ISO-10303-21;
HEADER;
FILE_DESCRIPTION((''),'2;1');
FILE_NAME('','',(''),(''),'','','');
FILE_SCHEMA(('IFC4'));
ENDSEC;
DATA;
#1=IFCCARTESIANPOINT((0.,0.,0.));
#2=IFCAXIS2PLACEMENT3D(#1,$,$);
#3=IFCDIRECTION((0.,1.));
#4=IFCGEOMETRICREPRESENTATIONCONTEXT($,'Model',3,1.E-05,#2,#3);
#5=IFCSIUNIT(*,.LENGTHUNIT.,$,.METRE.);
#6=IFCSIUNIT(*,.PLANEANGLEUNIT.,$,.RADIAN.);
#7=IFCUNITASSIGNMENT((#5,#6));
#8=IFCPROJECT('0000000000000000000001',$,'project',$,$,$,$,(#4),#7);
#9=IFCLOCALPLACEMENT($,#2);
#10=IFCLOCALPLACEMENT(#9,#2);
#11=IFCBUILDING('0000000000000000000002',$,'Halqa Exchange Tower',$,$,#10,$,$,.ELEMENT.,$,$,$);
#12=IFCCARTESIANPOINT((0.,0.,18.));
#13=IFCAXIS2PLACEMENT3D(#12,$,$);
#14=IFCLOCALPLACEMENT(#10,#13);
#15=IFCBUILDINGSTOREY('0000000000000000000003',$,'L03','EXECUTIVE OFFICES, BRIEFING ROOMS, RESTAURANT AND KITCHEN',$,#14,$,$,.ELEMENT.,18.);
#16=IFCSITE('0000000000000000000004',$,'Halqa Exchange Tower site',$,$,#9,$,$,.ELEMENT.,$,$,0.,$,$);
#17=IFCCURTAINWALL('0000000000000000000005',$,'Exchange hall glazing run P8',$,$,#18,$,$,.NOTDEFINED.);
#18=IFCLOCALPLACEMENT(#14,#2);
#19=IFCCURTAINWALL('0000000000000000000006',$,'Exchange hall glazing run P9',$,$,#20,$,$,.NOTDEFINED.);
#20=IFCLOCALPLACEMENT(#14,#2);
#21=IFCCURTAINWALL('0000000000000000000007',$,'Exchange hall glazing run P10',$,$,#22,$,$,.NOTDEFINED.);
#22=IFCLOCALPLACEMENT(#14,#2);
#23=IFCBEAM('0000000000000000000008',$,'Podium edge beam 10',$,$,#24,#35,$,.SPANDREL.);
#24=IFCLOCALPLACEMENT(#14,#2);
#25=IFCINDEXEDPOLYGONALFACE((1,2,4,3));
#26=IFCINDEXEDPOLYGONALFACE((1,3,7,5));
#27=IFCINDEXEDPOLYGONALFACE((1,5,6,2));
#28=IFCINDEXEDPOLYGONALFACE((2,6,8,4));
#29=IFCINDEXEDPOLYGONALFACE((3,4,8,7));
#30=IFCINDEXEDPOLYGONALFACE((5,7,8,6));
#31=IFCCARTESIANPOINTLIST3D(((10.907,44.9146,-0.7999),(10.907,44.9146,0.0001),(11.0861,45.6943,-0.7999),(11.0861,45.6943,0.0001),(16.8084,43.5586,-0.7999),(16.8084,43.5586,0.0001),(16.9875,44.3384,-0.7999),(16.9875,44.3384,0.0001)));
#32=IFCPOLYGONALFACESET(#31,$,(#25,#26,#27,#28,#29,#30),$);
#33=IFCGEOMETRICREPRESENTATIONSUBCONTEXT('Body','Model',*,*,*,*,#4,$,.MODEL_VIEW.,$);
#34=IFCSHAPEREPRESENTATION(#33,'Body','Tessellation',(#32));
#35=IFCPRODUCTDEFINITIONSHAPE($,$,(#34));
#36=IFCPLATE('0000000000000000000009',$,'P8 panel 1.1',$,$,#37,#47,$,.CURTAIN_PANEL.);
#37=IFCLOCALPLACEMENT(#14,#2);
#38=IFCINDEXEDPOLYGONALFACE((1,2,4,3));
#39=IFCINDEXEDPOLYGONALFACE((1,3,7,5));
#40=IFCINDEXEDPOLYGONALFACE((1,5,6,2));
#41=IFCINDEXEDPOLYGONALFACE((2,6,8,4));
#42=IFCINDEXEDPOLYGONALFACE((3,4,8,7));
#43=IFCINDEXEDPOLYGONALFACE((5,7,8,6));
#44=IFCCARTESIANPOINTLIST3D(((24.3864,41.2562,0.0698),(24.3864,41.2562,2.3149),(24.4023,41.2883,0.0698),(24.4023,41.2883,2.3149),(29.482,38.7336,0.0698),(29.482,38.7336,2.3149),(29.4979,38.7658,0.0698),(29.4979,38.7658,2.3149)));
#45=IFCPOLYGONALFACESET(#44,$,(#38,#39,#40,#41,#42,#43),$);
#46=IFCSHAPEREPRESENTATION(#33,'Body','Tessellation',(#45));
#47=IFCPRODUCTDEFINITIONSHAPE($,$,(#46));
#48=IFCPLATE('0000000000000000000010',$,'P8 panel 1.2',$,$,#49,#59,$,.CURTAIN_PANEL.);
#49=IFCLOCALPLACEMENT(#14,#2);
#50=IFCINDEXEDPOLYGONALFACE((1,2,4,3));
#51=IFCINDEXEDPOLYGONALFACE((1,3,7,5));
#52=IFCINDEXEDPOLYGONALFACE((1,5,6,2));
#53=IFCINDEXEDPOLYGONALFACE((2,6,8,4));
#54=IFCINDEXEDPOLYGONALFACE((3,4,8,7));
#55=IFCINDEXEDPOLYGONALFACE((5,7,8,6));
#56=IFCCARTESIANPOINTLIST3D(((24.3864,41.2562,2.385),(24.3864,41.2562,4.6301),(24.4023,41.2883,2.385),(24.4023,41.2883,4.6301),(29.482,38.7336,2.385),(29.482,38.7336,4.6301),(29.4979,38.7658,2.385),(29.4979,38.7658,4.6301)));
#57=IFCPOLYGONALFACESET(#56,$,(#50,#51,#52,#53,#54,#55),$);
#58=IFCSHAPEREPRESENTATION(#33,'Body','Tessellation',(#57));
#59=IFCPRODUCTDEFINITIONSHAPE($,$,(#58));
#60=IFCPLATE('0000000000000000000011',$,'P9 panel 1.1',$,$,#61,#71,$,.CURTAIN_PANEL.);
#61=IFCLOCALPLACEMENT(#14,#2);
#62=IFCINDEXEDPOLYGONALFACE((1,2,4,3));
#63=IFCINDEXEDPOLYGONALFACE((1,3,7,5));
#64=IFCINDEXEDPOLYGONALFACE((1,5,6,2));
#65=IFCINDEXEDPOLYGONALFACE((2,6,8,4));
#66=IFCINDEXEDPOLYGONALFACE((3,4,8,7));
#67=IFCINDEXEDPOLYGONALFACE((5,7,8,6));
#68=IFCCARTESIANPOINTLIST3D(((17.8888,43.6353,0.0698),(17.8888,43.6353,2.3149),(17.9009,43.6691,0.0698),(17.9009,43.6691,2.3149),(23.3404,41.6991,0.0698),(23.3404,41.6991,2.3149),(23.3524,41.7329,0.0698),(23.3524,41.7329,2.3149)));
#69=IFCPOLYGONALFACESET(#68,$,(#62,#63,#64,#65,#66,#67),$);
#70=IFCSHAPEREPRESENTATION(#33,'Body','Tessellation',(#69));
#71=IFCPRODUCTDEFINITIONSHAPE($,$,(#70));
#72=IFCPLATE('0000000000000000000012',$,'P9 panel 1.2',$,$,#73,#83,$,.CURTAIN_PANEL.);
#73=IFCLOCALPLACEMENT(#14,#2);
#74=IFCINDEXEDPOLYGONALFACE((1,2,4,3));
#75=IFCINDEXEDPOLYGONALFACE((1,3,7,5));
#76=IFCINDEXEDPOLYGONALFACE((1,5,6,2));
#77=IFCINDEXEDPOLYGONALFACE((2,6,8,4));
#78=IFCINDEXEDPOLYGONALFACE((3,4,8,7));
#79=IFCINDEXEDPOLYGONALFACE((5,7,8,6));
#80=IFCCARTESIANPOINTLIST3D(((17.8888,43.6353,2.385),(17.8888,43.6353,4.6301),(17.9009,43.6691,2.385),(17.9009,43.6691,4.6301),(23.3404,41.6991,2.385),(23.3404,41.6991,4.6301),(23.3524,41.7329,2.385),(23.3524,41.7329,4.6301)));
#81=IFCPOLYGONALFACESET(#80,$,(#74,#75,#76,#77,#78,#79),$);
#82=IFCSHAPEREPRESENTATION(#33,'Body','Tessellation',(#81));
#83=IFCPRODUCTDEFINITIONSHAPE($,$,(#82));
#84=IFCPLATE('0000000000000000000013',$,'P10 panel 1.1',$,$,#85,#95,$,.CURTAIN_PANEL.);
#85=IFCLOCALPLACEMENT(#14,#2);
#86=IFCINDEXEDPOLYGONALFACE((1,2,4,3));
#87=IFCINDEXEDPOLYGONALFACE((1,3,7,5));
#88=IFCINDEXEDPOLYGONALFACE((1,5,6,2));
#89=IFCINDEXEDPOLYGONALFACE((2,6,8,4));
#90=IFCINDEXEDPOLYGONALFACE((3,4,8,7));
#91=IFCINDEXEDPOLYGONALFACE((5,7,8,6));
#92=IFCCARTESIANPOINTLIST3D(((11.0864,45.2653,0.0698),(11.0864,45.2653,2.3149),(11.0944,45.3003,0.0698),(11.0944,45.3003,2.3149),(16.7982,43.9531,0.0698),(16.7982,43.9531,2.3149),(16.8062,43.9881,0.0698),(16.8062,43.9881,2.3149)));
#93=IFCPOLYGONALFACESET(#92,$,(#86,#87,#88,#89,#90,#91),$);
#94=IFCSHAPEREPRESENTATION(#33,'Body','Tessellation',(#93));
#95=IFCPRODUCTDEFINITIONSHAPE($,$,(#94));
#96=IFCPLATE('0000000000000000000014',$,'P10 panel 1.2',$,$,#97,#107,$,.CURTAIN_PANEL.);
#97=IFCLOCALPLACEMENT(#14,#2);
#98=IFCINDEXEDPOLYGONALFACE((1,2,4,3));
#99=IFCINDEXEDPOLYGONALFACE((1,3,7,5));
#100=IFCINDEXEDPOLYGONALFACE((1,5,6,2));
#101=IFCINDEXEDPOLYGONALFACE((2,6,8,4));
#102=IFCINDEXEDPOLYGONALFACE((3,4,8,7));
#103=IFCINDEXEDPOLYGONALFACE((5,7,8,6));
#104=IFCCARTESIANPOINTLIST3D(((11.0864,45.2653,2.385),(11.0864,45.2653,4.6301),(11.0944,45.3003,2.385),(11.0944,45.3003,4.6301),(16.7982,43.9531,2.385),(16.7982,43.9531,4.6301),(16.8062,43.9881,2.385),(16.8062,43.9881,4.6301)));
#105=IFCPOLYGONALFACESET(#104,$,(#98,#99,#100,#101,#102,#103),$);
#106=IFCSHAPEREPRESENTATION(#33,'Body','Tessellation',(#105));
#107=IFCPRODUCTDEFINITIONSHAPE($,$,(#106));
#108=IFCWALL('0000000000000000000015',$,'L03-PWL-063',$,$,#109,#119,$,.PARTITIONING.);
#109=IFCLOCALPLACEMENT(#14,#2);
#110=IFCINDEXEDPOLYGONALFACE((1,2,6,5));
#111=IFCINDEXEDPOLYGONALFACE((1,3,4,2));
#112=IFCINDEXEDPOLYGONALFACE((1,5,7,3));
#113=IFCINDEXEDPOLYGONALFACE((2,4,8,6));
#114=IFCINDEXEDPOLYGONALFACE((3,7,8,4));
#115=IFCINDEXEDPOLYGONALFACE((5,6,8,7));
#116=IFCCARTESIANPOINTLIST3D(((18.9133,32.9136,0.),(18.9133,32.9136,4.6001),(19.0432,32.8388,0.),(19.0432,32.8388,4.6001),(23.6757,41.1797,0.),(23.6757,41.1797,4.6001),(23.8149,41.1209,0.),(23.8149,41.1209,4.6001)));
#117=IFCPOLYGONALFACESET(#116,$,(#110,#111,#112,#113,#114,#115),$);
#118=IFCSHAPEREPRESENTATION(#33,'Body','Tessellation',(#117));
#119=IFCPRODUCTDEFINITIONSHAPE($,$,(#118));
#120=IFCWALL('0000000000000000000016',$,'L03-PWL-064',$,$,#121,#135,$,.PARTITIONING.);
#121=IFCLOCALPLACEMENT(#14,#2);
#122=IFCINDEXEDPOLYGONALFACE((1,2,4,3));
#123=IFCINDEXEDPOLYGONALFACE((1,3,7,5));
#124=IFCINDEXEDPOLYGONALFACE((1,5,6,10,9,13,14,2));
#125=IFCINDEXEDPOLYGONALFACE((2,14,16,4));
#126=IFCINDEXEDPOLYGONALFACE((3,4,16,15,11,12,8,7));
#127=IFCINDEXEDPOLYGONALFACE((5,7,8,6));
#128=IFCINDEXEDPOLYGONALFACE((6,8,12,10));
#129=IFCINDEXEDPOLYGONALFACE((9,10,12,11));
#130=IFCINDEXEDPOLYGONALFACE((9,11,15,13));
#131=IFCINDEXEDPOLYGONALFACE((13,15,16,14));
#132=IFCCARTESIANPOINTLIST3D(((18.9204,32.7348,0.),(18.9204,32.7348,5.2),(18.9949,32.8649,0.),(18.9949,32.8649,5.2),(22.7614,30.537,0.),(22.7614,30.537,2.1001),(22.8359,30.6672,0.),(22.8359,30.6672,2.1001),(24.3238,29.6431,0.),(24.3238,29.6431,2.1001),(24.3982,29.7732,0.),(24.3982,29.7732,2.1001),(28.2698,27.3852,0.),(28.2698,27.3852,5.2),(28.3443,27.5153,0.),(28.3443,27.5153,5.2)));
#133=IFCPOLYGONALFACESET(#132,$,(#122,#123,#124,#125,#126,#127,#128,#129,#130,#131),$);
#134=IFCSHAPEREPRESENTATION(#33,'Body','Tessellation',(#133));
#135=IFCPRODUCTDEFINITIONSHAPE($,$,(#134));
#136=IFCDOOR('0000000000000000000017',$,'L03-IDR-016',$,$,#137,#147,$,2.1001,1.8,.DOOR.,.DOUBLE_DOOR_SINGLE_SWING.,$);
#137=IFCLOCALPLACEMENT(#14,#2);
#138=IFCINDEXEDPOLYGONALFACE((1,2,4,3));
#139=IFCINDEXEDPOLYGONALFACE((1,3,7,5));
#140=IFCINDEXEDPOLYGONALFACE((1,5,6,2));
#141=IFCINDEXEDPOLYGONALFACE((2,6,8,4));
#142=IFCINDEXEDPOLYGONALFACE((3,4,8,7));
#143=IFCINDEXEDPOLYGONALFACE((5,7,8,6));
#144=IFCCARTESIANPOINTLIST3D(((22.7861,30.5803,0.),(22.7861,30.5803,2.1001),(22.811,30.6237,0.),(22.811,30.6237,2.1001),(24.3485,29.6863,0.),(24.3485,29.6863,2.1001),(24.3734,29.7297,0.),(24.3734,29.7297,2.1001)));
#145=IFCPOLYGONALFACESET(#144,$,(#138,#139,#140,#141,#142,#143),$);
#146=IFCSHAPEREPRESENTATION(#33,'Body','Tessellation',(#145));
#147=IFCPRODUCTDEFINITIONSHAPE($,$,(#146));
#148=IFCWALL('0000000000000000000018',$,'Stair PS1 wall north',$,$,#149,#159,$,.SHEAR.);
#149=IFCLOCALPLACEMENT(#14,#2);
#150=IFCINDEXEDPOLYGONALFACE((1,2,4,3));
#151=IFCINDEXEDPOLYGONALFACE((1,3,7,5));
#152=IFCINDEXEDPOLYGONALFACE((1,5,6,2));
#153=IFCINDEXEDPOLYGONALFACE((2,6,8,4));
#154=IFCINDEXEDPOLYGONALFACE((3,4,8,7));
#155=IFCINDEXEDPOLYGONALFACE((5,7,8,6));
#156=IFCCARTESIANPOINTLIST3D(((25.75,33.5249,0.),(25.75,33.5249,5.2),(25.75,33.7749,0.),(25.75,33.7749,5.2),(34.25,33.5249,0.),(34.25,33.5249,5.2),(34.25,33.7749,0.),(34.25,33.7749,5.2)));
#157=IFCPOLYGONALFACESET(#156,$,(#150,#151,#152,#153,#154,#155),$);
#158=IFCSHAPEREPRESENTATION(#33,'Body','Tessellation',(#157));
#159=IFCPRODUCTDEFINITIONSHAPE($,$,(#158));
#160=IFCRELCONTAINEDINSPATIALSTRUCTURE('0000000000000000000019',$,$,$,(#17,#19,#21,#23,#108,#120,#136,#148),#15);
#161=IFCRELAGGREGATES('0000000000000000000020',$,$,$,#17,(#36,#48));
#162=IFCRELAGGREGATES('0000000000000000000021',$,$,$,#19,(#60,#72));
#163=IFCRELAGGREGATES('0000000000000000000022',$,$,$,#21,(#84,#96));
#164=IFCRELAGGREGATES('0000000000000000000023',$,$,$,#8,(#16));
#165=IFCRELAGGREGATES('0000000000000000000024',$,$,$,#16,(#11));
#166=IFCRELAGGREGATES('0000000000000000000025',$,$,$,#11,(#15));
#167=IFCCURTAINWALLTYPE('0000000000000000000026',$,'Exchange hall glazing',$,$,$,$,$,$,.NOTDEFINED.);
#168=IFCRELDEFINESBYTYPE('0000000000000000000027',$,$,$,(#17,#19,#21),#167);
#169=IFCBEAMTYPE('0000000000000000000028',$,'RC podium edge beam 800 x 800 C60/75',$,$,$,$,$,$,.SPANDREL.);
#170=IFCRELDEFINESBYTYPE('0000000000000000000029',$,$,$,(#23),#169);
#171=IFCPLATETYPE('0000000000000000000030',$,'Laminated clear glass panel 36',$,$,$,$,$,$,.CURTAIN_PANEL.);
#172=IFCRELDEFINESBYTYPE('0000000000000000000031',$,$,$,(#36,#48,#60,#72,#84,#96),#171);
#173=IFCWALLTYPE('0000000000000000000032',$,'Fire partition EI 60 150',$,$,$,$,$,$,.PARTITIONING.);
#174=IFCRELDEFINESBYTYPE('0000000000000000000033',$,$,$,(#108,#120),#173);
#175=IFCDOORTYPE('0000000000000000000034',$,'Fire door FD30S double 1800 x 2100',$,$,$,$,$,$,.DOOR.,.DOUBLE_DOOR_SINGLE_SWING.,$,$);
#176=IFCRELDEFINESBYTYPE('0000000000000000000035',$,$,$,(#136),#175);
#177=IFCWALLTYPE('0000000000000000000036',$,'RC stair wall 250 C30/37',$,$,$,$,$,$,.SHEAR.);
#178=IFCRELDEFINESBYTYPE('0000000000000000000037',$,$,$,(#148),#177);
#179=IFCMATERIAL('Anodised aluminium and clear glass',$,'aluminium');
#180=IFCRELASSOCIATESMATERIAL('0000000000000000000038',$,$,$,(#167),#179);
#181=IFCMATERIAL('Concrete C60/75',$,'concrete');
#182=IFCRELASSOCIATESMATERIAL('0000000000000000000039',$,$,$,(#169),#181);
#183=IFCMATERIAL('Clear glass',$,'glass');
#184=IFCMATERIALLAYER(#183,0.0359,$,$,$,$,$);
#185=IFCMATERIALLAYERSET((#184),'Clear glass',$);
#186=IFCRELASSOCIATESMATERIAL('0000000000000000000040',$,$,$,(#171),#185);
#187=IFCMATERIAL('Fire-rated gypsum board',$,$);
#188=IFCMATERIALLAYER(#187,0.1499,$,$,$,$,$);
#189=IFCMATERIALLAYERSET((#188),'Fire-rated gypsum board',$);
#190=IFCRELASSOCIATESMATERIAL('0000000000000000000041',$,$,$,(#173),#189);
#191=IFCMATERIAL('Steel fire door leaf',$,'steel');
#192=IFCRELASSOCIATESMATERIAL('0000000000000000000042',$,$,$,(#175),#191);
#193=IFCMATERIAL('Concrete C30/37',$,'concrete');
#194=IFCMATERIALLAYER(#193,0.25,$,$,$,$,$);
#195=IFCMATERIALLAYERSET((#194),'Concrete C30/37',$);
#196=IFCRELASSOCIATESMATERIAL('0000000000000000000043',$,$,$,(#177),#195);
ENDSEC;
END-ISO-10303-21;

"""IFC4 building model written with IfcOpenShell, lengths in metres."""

from ifc_helpers import new_model, si_unit, direction, frame, frame_2d, origin, origin_2d, place, context, subcontext, project, spatial, polyline, rectangle, outline, extrude, material, layer, layer_set, material_profile, profile_set, type_object, element, fill, aggregate, save


model = new_model("IFC4")

# Units and contexts
model_context = context("Model", 3, precision=1e-05, world=origin(), true_north=direction((0.0, 1.0)))
body_context = subcontext(model_context, "Body", "Model", "MODEL_VIEW")
ifc_project = project(units=[si_unit("LENGTHUNIT", "METRE"), si_unit("PLANEANGLEUNIT", "RADIAN")], contexts=[model_context])

# Site, building, storey
site_placement = place(None, origin())
site = spatial("IfcSite", under=ifc_project, at=site_placement, Name="Halqa Exchange Tower site", CompositionType="ELEMENT", RefElevation=0.0)
building_placement = place(site_placement, origin())
building = spatial("IfcBuilding", under=site, at=building_placement, Name="Halqa Exchange Tower", CompositionType="ELEMENT")
storey_placement = place(building_placement, frame((0.0, 0.0, 18.0)))
storey = spatial("IfcBuildingStorey", under=building, at=storey_placement, Name="L03", Description="EXECUTIVE OFFICES, BRIEFING ROOMS, RESTAURANT AND KITCHEN", CompositionType="ELEMENT", Elevation=18.0)

# Shared definitions
ifc_material_1 = material(Name="Concrete C60/75", Category="concrete")

# Curtain wall
ifc_material_2 = material(Name="Anodised aluminium and clear glass", Category="aluminium")
curtain_wall_type = type_object("IfcCurtainWallType", Name="Exchange hall glazing", PredefinedType="NOTDEFINED", material=ifc_material_2)
curtain_wall_1_placement = place(storey_placement, origin())
curtain_wall_1 = element("IfcCurtainWall", 1, at=curtain_wall_1_placement, inside=storey, type_object=curtain_wall_type, Name="Exchange hall glazing run P8", PredefinedType="NOTDEFINED")

# Curtain walls
curtain_wall_2_placement = place(storey_placement, origin())
curtain_wall_2 = element("IfcCurtainWall", 2, at=curtain_wall_2_placement, inside=storey, type_object=curtain_wall_type, Name="Exchange hall glazing run P9", PredefinedType="NOTDEFINED")
curtain_wall_3_placement = place(storey_placement, origin())
curtain_wall_3 = element("IfcCurtainWall", 3, at=curtain_wall_3_placement, inside=storey, type_object=curtain_wall_type, Name="Exchange hall glazing run P10", PredefinedType="NOTDEFINED")

# Beam
ifc_material_profile_1 = material_profile(ifc_material_1, rectangle(XDim=0.8, YDim=0.8, at=origin_2d()), Name="800 x 800")
ifc_profile_set_1 = profile_set([ifc_material_profile_1], Name="Concrete C60/75")
beam_type = type_object("IfcBeamType", Name="RC podium edge beam 800 x 800 C60/75", PredefinedType="SPANDREL", material=ifc_profile_set_1)
beam_1_placement = place(storey_placement, frame((16.8979, 43.9485, -0.3999), z_axis=(-0.974604, 0.223935, 0.0), x_axis=(-0.223935, -0.974604, 0.0)))
element("IfcBeam", 4, at=beam_1_placement, inside=storey, type_object=beam_type, Name="Podium edge beam 10", PredefinedType="SPANDREL", context=body_context, shape_type="SweptSolid", body=[
    extrude(rectangle(XDim=0.8, YDim=0.8, at=origin_2d()), origin(), (0.0, 0.0, 1.0), 6.0552),
])

# Plates
ifc_material_3 = material(Name="Clear glass", Category="glass")
ifc_layer_1 = layer(ifc_material_3, 0.0359)
ifc_layer_set_1 = layer_set([ifc_layer_1], Name="Clear glass")
plate_type = type_object("IfcPlateType", Name="Laminated clear glass panel 36", PredefinedType="CURTAIN_PANEL", material=ifc_layer_set_1)
plate_1_placement = place(storey_placement, frame((26.9421, 40.011, 0.0698), z_axis=(0.0, 0.0, 1.0), x_axis=(-0.896198, 0.443653, 0.0)))
plate_1 = element("IfcPlate", 5, at=plate_1_placement, type_object=plate_type, Name="P8 panel 1.1", PredefinedType="CURTAIN_PANEL", context=body_context, shape_type="SweptSolid", body=[
    extrude(rectangle(XDim=5.6858, YDim=0.0359, at=origin_2d()), origin(), (0.0, 0.0, 1.0), 2.2451),
])
plate_2_placement = place(storey_placement, frame((26.9421, 40.011, 2.385), z_axis=(0.0, 0.0, 1.0), x_axis=(-0.896198, 0.443653, 0.0)))
plate_2 = element("IfcPlate", 6, at=plate_2_placement, type_object=plate_type, Name="P8 panel 1.2", PredefinedType="CURTAIN_PANEL", context=body_context, shape_type="SweptSolid", body=[
    extrude(rectangle(XDim=5.6858, YDim=0.0359, at=origin_2d()), origin(), (0.0, 0.0, 1.0), 2.2451),
])
aggregate(curtain_wall_1, [plate_1, plate_2])
plate_3_placement = place(storey_placement, frame((20.6206, 42.6841, 0.0698), z_axis=(0.0, 0.0, 1.0), x_axis=(-0.942329, 0.334688, 0.0)))
plate_3 = element("IfcPlate", 7, at=plate_3_placement, type_object=plate_type, Name="P9 panel 1.1", PredefinedType="CURTAIN_PANEL", context=body_context, shape_type="SweptSolid", body=[
    extrude(rectangle(XDim=5.7852, YDim=0.0359, at=origin_2d()), origin(), (0.0, 0.0, 1.0), 2.2451),
])
plate_4_placement = place(storey_placement, frame((20.6206, 42.6841, 2.385), z_axis=(0.0, 0.0, 1.0), x_axis=(-0.942329, 0.334688, 0.0)))
plate_4 = element("IfcPlate", 8, at=plate_4_placement, type_object=plate_type, Name="P9 panel 1.2", PredefinedType="CURTAIN_PANEL", context=body_context, shape_type="SweptSolid", body=[
    extrude(rectangle(XDim=5.7852, YDim=0.0359, at=origin_2d()), origin(), (0.0, 0.0, 1.0), 2.2451),
])
aggregate(curtain_wall_2, [plate_3, plate_4])
plate_5_placement = place(storey_placement, frame((13.9463, 44.6267, 0.0698), z_axis=(0.0, 0.0, 1.0), x_axis=(-0.974613, 0.223897, 0.0)))
plate_5 = element("IfcPlate", 9, at=plate_5_placement, type_object=plate_type, Name="P10 panel 1.1", PredefinedType="CURTAIN_PANEL", context=body_context, shape_type="SweptSolid", body=[
    extrude(rectangle(XDim=5.8606, YDim=0.0359, at=origin_2d()), origin(), (0.0, 0.0, 1.0), 2.2451),
])
plate_6_placement = place(storey_placement, frame((13.9463, 44.6267, 2.385), z_axis=(0.0, 0.0, 1.0), x_axis=(-0.974613, 0.223897, 0.0)))
plate_6 = element("IfcPlate", 10, at=plate_6_placement, type_object=plate_type, Name="P10 panel 1.2", PredefinedType="CURTAIN_PANEL", context=body_context, shape_type="SweptSolid", body=[
    extrude(rectangle(XDim=5.8606, YDim=0.0359, at=origin_2d()), origin(), (0.0, 0.0, 1.0), 2.2451),
])
aggregate(curtain_wall_3, [plate_5, plate_6])

# Wall
ifc_material_4 = material(Name="Fire-rated gypsum board")
ifc_layer_2 = layer(ifc_material_4, 0.1499)
ifc_layer_set_2 = layer_set([ifc_layer_2], Name="Fire-rated gypsum board")
wall_type_1 = type_object("IfcWallType", Name="Fire partition EI 60 150", PredefinedType="PARTITIONING", material=ifc_layer_set_2)
wall_1_placement = place(storey_placement, frame((18.9783, 32.8762, 0.0), z_axis=(0.0, 0.0, 1.0), x_axis=(0.499214, 0.866479, 0.0)))
element("IfcWall", 11, at=wall_1_placement, inside=storey, type_object=wall_type_1, Name="L03-PWL-063", PredefinedType="PARTITIONING", context=body_context, shape_type="SweptSolid", body=[
    extrude(outline(polyline([(0.0, -0.075), (9.5583, -0.075), (9.5398, 0.075), (0.0, 0.075), (0.0, -0.075)])), origin(), (0.0, 0.0, 1.0), 4.6001),
])

# Wall, opening, door
wall_2_placement = place(storey_placement, frame((18.9578, 32.7998, 0.0), z_axis=(0.0, 0.0, 1.0), x_axis=(0.867958, -0.496637, 0.0)))
wall_2 = element("IfcWall", 12, at=wall_2_placement, inside=storey, type_object=wall_type_1, Name="L03-PWL-064", PredefinedType="PARTITIONING", context=body_context, shape_type="SweptSolid", body=[
    extrude(rectangle(XDim=10.7717, YDim=0.1499, at=frame_2d((5.3857, 0.0))), origin(), (0.0, 0.0, 1.0), 5.2),
])
opening_placement = place(wall_2_placement, frame((4.4253, 0.0, 0.0)))
opening = element("IfcOpeningElement", 13, at=opening_placement, cuts=wall_2, PredefinedType="OPENING", context=body_context, shape_type="SweptSolid", body=[
    extrude(rectangle(XDim=1.8, YDim=2.1001, at=frame_2d((0.8999, 1.05))), frame((0.0, 0.0869, 0.0), z_axis=(0.0, -1.0, 0.0), x_axis=(1.0, 0.0, 0.0)), (0.0, 0.0, 1.0), 0.1738),
])
ifc_material_5 = material(Name="Steel fire door leaf", Category="steel")
door_type = type_object("IfcDoorType", Name="Fire door FD30S double 1800 x 2100", OperationType="DOUBLE_DOOR_SINGLE_SWING", PredefinedType="DOOR", material=ifc_material_5)
door_placement = place(opening_placement, origin())
door = element("IfcDoor", 14, at=door_placement, inside=storey, type_object=door_type, Name="L03-IDR-016", OperationType="DOUBLE_DOOR_SINGLE_SWING", OverallHeight=2.1001, OverallWidth=1.8, PredefinedType="DOOR", context=body_context, shape_type="SweptSolid", body=[
    extrude(rectangle(XDim=1.8, YDim=2.1001, at=frame_2d((0.8999, 1.05))), frame((0.0, 0.0249, 0.0), z_axis=(0.0, -1.0, 0.0), x_axis=(1.0, 0.0, 0.0)), (0.0, 0.0, 1.0), 0.05),
])
fill(opening, door)

# Wall
ifc_material_6 = material(Name="Concrete C30/37", Category="concrete")
ifc_layer_3 = layer(ifc_material_6, 0.25)
ifc_layer_set_3 = layer_set([ifc_layer_3], Name="Concrete C30/37")
wall_type_2 = type_object("IfcWallType", Name="RC stair wall 250 C30/37", PredefinedType="SHEAR", material=ifc_layer_set_3)
wall_3_placement = place(storey_placement, frame((25.75, 33.6499, 0.0), z_axis=(0.0, 0.0, 1.0), x_axis=(1.0, 0.0, 0.0)))
element("IfcWall", 15, at=wall_3_placement, inside=storey, type_object=wall_type_2, Name="Stair PS1 wall north", PredefinedType="SHEAR", context=body_context, shape_type="SweptSolid", body=[
    extrude(rectangle(XDim=8.5, YDim=0.25, at=frame_2d((4.25, 0.0))), origin(), (0.0, 0.0, 1.0), 5.2),
])

save(model, "model.ifc")
